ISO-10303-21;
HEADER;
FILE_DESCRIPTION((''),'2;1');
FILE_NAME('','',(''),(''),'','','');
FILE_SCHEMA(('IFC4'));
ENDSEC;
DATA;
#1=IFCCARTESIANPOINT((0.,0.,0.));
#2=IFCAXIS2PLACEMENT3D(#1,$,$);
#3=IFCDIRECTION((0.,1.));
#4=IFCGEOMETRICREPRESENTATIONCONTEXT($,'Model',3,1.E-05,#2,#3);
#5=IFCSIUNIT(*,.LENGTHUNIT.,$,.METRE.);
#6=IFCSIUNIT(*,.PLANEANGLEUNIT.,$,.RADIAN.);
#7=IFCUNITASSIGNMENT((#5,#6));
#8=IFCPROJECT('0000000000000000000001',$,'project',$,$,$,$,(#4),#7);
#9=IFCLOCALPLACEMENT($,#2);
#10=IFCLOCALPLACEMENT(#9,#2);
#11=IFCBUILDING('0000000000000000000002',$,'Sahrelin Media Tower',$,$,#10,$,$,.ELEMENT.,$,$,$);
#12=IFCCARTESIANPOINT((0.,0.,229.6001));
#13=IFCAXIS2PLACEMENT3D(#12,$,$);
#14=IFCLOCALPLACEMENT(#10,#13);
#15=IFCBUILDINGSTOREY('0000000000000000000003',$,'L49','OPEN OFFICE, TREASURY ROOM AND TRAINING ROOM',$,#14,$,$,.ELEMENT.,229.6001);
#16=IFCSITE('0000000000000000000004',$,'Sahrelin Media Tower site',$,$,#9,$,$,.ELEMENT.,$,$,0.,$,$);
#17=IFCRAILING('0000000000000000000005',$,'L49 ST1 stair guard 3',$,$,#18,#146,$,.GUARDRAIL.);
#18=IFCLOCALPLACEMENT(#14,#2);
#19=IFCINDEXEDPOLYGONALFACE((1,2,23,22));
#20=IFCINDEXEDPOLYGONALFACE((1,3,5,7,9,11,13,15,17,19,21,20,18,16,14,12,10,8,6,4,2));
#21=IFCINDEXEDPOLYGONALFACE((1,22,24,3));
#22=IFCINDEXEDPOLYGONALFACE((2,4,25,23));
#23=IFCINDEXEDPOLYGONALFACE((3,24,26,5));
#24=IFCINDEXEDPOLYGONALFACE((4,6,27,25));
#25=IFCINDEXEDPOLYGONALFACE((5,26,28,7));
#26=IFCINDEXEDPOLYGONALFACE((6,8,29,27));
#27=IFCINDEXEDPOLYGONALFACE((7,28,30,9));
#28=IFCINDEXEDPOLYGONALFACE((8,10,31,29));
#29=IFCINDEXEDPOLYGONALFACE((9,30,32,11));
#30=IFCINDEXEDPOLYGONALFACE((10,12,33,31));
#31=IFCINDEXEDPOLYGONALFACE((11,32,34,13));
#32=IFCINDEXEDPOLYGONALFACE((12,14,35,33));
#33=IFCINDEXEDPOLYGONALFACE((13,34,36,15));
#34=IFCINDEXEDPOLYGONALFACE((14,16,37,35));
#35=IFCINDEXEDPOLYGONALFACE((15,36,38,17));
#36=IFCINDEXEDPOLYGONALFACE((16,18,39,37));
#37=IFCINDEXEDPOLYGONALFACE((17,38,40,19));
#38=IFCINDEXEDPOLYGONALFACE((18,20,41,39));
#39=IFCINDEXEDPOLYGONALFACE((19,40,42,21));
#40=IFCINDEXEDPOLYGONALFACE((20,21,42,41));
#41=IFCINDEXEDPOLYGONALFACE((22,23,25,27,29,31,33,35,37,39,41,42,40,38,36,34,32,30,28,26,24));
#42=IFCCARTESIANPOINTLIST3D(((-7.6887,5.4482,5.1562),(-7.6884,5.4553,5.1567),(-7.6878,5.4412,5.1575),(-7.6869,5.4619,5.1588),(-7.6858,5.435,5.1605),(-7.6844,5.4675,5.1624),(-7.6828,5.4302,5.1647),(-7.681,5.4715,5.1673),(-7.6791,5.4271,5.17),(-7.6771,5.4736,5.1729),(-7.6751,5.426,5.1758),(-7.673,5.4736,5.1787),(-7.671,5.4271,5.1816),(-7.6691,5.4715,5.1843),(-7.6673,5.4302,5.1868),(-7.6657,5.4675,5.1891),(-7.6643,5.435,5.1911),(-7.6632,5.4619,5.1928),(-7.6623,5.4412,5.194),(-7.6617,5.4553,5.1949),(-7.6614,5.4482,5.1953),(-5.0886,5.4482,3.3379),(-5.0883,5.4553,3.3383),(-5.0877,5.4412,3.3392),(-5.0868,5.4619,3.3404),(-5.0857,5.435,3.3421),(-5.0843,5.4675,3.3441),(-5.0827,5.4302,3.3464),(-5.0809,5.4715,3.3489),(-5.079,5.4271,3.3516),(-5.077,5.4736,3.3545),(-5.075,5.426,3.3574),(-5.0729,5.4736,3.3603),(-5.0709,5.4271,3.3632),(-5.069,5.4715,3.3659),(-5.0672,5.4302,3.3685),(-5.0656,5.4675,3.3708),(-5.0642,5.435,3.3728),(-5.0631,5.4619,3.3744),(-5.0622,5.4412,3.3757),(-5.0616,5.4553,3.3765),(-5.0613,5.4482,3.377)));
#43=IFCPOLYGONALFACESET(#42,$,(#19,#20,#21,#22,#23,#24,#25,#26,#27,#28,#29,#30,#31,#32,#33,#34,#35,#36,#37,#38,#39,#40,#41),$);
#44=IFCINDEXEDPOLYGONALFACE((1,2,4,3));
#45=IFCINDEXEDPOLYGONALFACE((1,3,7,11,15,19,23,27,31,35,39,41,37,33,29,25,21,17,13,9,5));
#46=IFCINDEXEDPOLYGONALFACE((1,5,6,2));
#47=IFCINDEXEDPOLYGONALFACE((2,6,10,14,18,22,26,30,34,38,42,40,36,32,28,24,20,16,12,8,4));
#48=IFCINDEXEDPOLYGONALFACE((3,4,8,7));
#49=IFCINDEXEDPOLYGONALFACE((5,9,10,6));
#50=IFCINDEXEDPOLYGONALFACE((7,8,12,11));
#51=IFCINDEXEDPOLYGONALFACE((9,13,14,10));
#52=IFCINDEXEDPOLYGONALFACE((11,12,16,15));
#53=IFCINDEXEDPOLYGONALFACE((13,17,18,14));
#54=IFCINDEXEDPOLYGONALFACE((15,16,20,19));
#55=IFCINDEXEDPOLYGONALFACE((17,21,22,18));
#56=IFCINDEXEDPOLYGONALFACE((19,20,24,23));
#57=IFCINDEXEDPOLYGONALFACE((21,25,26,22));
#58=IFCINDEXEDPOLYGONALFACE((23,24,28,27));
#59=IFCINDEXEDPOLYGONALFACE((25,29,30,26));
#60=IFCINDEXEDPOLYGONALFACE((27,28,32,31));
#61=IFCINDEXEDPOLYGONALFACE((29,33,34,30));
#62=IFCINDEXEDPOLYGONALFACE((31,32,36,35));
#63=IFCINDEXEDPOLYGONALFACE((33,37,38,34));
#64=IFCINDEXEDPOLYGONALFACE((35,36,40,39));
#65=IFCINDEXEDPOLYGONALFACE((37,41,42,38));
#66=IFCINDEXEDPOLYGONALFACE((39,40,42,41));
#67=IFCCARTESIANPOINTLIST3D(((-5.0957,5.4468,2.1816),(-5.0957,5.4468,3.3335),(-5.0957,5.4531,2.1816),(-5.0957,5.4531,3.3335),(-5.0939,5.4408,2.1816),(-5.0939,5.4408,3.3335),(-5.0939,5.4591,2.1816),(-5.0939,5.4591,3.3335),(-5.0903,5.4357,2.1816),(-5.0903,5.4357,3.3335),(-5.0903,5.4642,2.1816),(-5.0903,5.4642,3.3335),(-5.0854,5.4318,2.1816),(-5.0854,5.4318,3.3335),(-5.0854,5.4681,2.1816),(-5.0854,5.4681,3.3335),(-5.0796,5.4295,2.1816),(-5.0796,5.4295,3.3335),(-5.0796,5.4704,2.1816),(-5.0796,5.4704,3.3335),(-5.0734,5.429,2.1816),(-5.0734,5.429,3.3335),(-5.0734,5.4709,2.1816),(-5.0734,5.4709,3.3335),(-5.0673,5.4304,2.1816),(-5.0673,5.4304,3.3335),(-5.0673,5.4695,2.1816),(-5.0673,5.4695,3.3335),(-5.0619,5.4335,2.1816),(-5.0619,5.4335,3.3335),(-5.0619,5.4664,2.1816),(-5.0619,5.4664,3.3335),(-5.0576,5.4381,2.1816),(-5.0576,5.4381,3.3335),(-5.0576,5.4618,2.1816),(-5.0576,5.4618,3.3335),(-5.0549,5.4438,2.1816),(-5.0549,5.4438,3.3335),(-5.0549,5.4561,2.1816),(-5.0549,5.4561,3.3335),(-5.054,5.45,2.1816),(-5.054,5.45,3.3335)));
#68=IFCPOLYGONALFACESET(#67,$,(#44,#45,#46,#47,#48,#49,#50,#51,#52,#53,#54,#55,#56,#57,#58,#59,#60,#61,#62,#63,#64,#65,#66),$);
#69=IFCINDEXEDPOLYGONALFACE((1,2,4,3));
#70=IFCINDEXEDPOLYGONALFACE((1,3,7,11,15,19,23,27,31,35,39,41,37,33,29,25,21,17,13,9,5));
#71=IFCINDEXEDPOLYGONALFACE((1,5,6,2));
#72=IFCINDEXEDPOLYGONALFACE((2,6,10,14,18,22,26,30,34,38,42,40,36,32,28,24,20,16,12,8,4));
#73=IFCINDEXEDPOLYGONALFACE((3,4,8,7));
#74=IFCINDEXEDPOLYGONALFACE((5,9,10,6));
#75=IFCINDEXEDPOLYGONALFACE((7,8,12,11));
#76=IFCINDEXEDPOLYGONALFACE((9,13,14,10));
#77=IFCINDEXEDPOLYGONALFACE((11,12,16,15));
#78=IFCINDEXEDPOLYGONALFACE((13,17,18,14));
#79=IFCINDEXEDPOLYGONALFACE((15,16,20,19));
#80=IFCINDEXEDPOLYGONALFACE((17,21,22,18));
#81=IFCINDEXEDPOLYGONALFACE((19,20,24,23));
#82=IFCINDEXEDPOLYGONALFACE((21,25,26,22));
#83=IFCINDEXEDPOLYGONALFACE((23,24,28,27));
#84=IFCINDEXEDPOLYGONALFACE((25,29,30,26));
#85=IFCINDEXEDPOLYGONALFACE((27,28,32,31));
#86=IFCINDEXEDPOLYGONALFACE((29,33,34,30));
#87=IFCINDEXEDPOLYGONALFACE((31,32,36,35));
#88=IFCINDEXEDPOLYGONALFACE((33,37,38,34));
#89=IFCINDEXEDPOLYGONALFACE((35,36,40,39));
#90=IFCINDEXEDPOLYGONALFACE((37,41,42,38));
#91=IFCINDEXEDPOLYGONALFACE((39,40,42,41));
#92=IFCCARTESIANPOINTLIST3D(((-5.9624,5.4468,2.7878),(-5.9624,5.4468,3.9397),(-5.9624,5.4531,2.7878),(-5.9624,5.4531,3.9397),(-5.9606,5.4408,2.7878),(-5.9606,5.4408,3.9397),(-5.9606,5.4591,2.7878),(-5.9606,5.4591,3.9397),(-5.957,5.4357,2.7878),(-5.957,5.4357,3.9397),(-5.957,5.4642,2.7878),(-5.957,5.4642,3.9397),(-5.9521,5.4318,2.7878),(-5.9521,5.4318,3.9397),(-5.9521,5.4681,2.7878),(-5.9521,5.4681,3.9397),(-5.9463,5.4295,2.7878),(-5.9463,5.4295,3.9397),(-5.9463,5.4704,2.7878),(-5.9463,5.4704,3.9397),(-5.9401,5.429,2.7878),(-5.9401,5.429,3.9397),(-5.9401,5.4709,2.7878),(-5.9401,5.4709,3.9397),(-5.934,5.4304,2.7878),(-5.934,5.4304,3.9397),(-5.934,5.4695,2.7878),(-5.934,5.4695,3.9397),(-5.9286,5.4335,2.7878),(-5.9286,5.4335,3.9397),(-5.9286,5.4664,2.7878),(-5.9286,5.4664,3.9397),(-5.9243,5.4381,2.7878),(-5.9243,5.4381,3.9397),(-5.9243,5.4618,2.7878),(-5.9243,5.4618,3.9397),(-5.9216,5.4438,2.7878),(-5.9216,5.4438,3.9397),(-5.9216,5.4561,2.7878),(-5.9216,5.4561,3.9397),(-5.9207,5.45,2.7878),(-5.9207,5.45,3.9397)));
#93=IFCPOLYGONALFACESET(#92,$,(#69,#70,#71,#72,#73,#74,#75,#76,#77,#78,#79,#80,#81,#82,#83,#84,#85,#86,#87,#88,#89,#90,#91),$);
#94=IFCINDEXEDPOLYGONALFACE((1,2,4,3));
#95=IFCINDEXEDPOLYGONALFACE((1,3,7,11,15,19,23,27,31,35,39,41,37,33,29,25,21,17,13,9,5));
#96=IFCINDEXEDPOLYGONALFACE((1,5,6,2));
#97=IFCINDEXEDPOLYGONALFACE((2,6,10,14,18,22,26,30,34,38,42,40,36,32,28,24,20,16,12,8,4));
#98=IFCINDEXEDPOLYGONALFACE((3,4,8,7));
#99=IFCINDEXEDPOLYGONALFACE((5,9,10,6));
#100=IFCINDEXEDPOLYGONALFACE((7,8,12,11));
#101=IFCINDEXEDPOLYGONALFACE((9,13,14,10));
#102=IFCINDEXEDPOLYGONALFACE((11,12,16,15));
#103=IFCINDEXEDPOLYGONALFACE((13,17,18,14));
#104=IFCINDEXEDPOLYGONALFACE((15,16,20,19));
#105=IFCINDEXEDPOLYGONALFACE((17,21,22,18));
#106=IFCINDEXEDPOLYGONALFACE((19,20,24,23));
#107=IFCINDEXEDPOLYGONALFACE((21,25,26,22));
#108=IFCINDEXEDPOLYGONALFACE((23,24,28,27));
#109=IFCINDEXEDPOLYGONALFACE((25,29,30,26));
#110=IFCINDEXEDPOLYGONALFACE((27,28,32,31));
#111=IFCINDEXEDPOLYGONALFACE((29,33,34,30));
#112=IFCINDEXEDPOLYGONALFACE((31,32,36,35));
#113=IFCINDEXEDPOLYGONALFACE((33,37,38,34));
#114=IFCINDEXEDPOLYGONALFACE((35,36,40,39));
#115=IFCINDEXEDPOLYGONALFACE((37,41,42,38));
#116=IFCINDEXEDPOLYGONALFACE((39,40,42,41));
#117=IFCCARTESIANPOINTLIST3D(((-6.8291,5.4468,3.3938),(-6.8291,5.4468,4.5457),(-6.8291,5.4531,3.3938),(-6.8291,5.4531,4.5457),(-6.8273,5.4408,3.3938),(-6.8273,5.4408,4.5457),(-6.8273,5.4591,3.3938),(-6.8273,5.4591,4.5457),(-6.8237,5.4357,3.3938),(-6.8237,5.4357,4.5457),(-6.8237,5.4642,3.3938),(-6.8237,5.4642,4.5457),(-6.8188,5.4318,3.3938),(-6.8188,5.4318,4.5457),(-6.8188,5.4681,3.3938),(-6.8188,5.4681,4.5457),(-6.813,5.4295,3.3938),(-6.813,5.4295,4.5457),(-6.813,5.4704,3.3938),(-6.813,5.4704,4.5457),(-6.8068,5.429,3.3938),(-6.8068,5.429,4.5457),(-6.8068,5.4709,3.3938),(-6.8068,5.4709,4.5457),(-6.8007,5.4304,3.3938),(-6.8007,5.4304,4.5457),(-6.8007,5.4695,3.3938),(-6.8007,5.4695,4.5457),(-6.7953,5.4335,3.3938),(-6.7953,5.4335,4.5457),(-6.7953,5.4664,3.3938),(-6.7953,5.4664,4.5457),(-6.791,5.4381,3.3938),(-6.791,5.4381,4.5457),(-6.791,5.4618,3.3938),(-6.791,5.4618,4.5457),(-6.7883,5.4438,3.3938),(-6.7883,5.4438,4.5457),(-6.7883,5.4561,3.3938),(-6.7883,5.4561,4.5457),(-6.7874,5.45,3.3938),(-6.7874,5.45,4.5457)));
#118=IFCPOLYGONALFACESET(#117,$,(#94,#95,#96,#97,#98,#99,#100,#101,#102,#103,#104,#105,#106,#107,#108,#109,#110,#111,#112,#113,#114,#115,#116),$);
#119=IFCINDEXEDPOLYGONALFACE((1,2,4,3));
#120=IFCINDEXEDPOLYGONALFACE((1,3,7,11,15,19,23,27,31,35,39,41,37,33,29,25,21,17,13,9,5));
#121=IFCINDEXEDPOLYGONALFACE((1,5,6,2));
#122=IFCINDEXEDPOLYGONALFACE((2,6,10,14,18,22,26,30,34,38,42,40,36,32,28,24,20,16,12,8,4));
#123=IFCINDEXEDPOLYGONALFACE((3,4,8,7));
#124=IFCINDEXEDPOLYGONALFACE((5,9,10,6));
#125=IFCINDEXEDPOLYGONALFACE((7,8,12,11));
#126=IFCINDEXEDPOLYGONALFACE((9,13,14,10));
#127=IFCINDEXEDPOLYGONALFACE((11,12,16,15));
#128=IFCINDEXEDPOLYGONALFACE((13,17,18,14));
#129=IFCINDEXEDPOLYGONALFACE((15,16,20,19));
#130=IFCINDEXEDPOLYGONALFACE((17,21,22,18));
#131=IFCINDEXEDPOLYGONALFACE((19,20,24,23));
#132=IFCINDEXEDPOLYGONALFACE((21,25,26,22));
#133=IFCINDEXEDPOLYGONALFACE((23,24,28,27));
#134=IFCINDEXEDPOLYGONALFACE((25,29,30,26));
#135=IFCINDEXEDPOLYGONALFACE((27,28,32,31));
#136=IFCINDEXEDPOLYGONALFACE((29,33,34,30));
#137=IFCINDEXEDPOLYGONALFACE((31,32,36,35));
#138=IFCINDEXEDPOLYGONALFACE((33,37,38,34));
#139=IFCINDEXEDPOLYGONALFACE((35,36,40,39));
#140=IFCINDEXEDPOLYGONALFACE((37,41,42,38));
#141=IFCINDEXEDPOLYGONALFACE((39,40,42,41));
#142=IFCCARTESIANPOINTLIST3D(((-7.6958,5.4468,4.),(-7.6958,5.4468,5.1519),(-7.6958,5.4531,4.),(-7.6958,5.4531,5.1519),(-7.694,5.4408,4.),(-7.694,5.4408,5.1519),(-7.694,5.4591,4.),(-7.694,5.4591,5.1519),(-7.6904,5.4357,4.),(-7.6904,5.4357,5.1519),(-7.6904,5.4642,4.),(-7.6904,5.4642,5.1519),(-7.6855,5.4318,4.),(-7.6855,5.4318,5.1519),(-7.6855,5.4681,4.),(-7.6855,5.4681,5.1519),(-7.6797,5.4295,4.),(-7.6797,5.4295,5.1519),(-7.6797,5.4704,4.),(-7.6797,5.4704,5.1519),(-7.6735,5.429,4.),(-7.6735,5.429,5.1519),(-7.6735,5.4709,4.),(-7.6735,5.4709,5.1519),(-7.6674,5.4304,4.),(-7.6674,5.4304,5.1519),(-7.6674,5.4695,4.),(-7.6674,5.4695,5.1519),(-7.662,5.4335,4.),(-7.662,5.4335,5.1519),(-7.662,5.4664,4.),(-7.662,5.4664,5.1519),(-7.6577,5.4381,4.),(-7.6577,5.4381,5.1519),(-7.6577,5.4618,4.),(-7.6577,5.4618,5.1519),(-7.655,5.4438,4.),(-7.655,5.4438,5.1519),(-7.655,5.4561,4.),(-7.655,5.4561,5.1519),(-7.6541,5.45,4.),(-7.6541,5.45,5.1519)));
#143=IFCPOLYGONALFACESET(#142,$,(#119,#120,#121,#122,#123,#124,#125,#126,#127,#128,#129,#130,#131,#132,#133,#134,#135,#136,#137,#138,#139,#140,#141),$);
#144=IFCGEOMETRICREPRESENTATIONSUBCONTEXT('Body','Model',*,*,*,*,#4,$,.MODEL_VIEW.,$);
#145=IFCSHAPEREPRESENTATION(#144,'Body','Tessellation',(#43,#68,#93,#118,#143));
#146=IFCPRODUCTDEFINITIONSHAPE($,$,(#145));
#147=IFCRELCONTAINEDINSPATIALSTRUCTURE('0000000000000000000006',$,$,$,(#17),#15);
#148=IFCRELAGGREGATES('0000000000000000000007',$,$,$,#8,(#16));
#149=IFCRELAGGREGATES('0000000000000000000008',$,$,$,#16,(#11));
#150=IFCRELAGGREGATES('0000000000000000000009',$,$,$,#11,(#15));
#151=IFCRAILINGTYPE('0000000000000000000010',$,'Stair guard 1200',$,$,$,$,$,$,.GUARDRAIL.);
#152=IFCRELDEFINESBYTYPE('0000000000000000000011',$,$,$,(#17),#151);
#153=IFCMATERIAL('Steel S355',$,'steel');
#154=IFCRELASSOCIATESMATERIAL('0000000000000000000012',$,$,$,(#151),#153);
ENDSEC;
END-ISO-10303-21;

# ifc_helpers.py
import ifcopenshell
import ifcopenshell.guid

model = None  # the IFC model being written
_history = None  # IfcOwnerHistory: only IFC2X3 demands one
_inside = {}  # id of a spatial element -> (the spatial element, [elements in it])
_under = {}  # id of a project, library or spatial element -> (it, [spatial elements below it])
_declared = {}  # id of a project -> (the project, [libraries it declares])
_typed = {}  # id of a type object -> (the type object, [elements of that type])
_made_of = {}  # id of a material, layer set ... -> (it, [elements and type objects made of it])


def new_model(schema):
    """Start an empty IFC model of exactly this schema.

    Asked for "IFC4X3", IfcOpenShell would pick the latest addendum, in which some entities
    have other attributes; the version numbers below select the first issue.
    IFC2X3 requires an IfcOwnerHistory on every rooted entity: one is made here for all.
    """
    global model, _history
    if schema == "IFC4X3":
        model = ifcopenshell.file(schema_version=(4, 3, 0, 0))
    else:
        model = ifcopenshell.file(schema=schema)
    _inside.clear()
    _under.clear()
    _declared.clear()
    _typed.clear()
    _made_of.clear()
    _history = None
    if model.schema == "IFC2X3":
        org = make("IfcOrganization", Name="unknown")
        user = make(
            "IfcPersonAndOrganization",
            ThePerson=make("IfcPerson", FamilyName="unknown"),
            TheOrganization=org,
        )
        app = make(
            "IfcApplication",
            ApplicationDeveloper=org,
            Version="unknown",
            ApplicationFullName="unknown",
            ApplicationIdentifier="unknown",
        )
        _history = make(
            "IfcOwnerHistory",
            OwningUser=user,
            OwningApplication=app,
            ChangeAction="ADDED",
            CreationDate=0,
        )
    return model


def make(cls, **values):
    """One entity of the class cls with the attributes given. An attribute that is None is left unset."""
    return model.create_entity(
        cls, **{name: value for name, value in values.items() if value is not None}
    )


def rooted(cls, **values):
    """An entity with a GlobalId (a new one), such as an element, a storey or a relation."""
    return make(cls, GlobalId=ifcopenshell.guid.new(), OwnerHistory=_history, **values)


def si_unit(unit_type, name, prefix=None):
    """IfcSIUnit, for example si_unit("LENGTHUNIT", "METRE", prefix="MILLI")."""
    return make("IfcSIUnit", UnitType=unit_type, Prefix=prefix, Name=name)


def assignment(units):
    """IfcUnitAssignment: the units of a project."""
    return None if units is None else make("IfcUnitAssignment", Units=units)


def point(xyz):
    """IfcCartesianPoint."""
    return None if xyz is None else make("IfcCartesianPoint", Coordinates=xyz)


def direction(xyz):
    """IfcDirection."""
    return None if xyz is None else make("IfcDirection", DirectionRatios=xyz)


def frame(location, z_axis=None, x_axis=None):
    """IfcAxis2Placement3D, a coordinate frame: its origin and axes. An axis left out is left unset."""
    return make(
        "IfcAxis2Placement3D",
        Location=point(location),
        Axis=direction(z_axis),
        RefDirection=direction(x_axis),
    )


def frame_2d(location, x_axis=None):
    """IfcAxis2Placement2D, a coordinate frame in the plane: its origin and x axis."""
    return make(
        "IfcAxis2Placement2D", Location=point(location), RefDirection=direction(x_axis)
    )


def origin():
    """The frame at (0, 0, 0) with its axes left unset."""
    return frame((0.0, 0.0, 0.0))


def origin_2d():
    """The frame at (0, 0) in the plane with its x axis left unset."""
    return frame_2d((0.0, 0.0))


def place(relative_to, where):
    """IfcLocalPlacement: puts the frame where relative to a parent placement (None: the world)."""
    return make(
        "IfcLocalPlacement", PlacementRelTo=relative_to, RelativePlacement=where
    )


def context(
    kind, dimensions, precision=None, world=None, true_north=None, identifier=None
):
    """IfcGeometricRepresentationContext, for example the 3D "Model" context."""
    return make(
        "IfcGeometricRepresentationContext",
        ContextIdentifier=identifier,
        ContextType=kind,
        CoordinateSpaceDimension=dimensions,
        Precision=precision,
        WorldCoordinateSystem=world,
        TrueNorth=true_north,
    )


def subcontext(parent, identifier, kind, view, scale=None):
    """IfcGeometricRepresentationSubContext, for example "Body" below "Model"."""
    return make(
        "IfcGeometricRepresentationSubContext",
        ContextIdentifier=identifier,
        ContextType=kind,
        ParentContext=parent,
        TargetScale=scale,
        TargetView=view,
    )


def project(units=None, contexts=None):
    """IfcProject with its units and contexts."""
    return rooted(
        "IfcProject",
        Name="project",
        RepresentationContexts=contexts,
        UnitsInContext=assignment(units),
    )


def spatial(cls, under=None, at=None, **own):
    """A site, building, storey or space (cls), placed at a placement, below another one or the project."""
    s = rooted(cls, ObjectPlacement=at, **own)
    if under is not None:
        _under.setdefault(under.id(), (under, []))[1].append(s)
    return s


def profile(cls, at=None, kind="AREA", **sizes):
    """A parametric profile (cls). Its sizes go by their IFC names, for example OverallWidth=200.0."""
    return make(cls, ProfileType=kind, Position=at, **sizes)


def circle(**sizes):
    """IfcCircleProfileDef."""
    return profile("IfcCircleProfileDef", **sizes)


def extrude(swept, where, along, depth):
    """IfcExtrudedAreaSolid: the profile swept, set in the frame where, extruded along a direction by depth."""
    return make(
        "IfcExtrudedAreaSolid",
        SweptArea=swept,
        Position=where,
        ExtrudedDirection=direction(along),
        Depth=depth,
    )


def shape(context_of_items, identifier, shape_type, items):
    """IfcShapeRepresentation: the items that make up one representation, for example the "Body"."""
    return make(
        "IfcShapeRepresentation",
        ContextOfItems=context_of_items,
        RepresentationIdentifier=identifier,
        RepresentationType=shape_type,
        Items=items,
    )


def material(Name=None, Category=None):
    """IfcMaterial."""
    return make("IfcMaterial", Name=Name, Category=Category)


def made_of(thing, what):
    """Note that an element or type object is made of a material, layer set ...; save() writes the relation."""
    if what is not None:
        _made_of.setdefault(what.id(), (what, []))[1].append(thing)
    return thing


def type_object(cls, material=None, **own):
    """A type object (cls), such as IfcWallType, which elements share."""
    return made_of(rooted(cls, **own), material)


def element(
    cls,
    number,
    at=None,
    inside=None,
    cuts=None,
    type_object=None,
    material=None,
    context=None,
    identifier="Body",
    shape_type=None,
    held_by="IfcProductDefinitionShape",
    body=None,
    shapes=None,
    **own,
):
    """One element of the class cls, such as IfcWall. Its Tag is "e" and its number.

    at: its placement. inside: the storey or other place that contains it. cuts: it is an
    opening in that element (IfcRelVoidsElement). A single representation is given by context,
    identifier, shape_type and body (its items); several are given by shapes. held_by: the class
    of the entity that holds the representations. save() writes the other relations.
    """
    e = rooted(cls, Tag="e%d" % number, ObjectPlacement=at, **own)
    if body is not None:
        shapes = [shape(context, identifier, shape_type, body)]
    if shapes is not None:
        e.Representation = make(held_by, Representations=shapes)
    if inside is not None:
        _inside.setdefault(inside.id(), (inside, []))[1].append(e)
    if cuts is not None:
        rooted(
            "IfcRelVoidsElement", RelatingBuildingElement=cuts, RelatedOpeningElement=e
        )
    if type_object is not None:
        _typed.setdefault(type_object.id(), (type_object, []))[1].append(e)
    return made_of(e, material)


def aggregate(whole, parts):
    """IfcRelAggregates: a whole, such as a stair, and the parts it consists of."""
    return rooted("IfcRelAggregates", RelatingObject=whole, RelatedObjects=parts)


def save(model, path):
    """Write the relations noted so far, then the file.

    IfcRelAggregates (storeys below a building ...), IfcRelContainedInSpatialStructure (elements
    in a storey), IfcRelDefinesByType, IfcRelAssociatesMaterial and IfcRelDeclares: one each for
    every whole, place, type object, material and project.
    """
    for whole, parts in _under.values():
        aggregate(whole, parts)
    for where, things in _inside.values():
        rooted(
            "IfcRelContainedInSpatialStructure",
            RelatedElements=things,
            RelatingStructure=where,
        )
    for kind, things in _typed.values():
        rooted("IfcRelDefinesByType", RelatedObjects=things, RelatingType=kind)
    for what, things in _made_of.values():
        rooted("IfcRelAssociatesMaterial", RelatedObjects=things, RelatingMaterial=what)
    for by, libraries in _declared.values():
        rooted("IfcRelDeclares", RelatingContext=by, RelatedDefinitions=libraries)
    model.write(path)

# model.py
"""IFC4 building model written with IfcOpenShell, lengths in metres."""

from ifc_helpers import new_model, si_unit, direction, frame, origin, origin_2d, place, context, subcontext, project, spatial, circle, extrude, material, type_object, element, save


model = new_model("IFC4")

# Units and contexts
model_context = context("Model", 3, precision=1e-05, world=origin(), true_north=direction((0.0, 1.0)))
body_context = subcontext(model_context, "Body", "Model", "MODEL_VIEW")
ifc_project = project(units=[si_unit("LENGTHUNIT", "METRE"), si_unit("PLANEANGLEUNIT", "RADIAN")], contexts=[model_context])

# Site, building, storey
site_placement = place(None, origin())
site = spatial("IfcSite", under=ifc_project, at=site_placement, Name="Sahrelin Media Tower site", CompositionType="ELEMENT", RefElevation=0.0)
building_placement = place(site_placement, origin())
building = spatial("IfcBuilding", under=site, at=building_placement, Name="Sahrelin Media Tower", CompositionType="ELEMENT")
storey_placement = place(building_placement, frame((0.0, 0.0, 229.6001)))
storey = spatial("IfcBuildingStorey", under=building, at=storey_placement, Name="L49", Description="OPEN OFFICE, TREASURY ROOM AND TRAINING ROOM", CompositionType="ELEMENT", Elevation=229.6001)

# Shared definitions
ifc_material_1 = material(Name="Steel S355", Category="steel")

# Railing
railing_type_1 = type_object("IfcRailingType", Name="Stair guard 1200", PredefinedType="GUARDRAIL", material=ifc_material_1)
railing_1_placement = place(storey_placement, frame((-5.075, 5.45, 2.1816)))
element("IfcRailing", 1, at=railing_1_placement, inside=storey, type_object=railing_type_1, Name="L49 ST1 stair guard 3", PredefinedType="GUARDRAIL", context=body_context, shape_type="SweptSolid", body=[
    extrude(circle(Radius=0.0239, at=origin_2d()), frame((0.0, 0.0, 1.1758), z_axis=(-0.819485, 0.0, 0.573101), x_axis=(0.0, -1.0, 0.0)), (0.0, 0.0, 1.0), 3.1729),
    extrude(circle(Radius=0.021, at=origin_2d()), origin(), (0.0, 0.0, 1.0), 1.1519),
    extrude(circle(Radius=0.021, at=origin_2d()), frame((-0.8667, 0.0, 0.6062)), (0.0, 0.0, 1.0), 1.1519),
    extrude(circle(Radius=0.021, at=origin_2d()), frame((-1.7334, 0.0, 1.2122)), (0.0, 0.0, 1.0), 1.1519),
    extrude(circle(Radius=0.021, at=origin_2d()), frame((-2.6001, 0.0, 1.8184)), (0.0, 0.0, 1.0), 1.1519),
])

save(model, "model.ifc")
